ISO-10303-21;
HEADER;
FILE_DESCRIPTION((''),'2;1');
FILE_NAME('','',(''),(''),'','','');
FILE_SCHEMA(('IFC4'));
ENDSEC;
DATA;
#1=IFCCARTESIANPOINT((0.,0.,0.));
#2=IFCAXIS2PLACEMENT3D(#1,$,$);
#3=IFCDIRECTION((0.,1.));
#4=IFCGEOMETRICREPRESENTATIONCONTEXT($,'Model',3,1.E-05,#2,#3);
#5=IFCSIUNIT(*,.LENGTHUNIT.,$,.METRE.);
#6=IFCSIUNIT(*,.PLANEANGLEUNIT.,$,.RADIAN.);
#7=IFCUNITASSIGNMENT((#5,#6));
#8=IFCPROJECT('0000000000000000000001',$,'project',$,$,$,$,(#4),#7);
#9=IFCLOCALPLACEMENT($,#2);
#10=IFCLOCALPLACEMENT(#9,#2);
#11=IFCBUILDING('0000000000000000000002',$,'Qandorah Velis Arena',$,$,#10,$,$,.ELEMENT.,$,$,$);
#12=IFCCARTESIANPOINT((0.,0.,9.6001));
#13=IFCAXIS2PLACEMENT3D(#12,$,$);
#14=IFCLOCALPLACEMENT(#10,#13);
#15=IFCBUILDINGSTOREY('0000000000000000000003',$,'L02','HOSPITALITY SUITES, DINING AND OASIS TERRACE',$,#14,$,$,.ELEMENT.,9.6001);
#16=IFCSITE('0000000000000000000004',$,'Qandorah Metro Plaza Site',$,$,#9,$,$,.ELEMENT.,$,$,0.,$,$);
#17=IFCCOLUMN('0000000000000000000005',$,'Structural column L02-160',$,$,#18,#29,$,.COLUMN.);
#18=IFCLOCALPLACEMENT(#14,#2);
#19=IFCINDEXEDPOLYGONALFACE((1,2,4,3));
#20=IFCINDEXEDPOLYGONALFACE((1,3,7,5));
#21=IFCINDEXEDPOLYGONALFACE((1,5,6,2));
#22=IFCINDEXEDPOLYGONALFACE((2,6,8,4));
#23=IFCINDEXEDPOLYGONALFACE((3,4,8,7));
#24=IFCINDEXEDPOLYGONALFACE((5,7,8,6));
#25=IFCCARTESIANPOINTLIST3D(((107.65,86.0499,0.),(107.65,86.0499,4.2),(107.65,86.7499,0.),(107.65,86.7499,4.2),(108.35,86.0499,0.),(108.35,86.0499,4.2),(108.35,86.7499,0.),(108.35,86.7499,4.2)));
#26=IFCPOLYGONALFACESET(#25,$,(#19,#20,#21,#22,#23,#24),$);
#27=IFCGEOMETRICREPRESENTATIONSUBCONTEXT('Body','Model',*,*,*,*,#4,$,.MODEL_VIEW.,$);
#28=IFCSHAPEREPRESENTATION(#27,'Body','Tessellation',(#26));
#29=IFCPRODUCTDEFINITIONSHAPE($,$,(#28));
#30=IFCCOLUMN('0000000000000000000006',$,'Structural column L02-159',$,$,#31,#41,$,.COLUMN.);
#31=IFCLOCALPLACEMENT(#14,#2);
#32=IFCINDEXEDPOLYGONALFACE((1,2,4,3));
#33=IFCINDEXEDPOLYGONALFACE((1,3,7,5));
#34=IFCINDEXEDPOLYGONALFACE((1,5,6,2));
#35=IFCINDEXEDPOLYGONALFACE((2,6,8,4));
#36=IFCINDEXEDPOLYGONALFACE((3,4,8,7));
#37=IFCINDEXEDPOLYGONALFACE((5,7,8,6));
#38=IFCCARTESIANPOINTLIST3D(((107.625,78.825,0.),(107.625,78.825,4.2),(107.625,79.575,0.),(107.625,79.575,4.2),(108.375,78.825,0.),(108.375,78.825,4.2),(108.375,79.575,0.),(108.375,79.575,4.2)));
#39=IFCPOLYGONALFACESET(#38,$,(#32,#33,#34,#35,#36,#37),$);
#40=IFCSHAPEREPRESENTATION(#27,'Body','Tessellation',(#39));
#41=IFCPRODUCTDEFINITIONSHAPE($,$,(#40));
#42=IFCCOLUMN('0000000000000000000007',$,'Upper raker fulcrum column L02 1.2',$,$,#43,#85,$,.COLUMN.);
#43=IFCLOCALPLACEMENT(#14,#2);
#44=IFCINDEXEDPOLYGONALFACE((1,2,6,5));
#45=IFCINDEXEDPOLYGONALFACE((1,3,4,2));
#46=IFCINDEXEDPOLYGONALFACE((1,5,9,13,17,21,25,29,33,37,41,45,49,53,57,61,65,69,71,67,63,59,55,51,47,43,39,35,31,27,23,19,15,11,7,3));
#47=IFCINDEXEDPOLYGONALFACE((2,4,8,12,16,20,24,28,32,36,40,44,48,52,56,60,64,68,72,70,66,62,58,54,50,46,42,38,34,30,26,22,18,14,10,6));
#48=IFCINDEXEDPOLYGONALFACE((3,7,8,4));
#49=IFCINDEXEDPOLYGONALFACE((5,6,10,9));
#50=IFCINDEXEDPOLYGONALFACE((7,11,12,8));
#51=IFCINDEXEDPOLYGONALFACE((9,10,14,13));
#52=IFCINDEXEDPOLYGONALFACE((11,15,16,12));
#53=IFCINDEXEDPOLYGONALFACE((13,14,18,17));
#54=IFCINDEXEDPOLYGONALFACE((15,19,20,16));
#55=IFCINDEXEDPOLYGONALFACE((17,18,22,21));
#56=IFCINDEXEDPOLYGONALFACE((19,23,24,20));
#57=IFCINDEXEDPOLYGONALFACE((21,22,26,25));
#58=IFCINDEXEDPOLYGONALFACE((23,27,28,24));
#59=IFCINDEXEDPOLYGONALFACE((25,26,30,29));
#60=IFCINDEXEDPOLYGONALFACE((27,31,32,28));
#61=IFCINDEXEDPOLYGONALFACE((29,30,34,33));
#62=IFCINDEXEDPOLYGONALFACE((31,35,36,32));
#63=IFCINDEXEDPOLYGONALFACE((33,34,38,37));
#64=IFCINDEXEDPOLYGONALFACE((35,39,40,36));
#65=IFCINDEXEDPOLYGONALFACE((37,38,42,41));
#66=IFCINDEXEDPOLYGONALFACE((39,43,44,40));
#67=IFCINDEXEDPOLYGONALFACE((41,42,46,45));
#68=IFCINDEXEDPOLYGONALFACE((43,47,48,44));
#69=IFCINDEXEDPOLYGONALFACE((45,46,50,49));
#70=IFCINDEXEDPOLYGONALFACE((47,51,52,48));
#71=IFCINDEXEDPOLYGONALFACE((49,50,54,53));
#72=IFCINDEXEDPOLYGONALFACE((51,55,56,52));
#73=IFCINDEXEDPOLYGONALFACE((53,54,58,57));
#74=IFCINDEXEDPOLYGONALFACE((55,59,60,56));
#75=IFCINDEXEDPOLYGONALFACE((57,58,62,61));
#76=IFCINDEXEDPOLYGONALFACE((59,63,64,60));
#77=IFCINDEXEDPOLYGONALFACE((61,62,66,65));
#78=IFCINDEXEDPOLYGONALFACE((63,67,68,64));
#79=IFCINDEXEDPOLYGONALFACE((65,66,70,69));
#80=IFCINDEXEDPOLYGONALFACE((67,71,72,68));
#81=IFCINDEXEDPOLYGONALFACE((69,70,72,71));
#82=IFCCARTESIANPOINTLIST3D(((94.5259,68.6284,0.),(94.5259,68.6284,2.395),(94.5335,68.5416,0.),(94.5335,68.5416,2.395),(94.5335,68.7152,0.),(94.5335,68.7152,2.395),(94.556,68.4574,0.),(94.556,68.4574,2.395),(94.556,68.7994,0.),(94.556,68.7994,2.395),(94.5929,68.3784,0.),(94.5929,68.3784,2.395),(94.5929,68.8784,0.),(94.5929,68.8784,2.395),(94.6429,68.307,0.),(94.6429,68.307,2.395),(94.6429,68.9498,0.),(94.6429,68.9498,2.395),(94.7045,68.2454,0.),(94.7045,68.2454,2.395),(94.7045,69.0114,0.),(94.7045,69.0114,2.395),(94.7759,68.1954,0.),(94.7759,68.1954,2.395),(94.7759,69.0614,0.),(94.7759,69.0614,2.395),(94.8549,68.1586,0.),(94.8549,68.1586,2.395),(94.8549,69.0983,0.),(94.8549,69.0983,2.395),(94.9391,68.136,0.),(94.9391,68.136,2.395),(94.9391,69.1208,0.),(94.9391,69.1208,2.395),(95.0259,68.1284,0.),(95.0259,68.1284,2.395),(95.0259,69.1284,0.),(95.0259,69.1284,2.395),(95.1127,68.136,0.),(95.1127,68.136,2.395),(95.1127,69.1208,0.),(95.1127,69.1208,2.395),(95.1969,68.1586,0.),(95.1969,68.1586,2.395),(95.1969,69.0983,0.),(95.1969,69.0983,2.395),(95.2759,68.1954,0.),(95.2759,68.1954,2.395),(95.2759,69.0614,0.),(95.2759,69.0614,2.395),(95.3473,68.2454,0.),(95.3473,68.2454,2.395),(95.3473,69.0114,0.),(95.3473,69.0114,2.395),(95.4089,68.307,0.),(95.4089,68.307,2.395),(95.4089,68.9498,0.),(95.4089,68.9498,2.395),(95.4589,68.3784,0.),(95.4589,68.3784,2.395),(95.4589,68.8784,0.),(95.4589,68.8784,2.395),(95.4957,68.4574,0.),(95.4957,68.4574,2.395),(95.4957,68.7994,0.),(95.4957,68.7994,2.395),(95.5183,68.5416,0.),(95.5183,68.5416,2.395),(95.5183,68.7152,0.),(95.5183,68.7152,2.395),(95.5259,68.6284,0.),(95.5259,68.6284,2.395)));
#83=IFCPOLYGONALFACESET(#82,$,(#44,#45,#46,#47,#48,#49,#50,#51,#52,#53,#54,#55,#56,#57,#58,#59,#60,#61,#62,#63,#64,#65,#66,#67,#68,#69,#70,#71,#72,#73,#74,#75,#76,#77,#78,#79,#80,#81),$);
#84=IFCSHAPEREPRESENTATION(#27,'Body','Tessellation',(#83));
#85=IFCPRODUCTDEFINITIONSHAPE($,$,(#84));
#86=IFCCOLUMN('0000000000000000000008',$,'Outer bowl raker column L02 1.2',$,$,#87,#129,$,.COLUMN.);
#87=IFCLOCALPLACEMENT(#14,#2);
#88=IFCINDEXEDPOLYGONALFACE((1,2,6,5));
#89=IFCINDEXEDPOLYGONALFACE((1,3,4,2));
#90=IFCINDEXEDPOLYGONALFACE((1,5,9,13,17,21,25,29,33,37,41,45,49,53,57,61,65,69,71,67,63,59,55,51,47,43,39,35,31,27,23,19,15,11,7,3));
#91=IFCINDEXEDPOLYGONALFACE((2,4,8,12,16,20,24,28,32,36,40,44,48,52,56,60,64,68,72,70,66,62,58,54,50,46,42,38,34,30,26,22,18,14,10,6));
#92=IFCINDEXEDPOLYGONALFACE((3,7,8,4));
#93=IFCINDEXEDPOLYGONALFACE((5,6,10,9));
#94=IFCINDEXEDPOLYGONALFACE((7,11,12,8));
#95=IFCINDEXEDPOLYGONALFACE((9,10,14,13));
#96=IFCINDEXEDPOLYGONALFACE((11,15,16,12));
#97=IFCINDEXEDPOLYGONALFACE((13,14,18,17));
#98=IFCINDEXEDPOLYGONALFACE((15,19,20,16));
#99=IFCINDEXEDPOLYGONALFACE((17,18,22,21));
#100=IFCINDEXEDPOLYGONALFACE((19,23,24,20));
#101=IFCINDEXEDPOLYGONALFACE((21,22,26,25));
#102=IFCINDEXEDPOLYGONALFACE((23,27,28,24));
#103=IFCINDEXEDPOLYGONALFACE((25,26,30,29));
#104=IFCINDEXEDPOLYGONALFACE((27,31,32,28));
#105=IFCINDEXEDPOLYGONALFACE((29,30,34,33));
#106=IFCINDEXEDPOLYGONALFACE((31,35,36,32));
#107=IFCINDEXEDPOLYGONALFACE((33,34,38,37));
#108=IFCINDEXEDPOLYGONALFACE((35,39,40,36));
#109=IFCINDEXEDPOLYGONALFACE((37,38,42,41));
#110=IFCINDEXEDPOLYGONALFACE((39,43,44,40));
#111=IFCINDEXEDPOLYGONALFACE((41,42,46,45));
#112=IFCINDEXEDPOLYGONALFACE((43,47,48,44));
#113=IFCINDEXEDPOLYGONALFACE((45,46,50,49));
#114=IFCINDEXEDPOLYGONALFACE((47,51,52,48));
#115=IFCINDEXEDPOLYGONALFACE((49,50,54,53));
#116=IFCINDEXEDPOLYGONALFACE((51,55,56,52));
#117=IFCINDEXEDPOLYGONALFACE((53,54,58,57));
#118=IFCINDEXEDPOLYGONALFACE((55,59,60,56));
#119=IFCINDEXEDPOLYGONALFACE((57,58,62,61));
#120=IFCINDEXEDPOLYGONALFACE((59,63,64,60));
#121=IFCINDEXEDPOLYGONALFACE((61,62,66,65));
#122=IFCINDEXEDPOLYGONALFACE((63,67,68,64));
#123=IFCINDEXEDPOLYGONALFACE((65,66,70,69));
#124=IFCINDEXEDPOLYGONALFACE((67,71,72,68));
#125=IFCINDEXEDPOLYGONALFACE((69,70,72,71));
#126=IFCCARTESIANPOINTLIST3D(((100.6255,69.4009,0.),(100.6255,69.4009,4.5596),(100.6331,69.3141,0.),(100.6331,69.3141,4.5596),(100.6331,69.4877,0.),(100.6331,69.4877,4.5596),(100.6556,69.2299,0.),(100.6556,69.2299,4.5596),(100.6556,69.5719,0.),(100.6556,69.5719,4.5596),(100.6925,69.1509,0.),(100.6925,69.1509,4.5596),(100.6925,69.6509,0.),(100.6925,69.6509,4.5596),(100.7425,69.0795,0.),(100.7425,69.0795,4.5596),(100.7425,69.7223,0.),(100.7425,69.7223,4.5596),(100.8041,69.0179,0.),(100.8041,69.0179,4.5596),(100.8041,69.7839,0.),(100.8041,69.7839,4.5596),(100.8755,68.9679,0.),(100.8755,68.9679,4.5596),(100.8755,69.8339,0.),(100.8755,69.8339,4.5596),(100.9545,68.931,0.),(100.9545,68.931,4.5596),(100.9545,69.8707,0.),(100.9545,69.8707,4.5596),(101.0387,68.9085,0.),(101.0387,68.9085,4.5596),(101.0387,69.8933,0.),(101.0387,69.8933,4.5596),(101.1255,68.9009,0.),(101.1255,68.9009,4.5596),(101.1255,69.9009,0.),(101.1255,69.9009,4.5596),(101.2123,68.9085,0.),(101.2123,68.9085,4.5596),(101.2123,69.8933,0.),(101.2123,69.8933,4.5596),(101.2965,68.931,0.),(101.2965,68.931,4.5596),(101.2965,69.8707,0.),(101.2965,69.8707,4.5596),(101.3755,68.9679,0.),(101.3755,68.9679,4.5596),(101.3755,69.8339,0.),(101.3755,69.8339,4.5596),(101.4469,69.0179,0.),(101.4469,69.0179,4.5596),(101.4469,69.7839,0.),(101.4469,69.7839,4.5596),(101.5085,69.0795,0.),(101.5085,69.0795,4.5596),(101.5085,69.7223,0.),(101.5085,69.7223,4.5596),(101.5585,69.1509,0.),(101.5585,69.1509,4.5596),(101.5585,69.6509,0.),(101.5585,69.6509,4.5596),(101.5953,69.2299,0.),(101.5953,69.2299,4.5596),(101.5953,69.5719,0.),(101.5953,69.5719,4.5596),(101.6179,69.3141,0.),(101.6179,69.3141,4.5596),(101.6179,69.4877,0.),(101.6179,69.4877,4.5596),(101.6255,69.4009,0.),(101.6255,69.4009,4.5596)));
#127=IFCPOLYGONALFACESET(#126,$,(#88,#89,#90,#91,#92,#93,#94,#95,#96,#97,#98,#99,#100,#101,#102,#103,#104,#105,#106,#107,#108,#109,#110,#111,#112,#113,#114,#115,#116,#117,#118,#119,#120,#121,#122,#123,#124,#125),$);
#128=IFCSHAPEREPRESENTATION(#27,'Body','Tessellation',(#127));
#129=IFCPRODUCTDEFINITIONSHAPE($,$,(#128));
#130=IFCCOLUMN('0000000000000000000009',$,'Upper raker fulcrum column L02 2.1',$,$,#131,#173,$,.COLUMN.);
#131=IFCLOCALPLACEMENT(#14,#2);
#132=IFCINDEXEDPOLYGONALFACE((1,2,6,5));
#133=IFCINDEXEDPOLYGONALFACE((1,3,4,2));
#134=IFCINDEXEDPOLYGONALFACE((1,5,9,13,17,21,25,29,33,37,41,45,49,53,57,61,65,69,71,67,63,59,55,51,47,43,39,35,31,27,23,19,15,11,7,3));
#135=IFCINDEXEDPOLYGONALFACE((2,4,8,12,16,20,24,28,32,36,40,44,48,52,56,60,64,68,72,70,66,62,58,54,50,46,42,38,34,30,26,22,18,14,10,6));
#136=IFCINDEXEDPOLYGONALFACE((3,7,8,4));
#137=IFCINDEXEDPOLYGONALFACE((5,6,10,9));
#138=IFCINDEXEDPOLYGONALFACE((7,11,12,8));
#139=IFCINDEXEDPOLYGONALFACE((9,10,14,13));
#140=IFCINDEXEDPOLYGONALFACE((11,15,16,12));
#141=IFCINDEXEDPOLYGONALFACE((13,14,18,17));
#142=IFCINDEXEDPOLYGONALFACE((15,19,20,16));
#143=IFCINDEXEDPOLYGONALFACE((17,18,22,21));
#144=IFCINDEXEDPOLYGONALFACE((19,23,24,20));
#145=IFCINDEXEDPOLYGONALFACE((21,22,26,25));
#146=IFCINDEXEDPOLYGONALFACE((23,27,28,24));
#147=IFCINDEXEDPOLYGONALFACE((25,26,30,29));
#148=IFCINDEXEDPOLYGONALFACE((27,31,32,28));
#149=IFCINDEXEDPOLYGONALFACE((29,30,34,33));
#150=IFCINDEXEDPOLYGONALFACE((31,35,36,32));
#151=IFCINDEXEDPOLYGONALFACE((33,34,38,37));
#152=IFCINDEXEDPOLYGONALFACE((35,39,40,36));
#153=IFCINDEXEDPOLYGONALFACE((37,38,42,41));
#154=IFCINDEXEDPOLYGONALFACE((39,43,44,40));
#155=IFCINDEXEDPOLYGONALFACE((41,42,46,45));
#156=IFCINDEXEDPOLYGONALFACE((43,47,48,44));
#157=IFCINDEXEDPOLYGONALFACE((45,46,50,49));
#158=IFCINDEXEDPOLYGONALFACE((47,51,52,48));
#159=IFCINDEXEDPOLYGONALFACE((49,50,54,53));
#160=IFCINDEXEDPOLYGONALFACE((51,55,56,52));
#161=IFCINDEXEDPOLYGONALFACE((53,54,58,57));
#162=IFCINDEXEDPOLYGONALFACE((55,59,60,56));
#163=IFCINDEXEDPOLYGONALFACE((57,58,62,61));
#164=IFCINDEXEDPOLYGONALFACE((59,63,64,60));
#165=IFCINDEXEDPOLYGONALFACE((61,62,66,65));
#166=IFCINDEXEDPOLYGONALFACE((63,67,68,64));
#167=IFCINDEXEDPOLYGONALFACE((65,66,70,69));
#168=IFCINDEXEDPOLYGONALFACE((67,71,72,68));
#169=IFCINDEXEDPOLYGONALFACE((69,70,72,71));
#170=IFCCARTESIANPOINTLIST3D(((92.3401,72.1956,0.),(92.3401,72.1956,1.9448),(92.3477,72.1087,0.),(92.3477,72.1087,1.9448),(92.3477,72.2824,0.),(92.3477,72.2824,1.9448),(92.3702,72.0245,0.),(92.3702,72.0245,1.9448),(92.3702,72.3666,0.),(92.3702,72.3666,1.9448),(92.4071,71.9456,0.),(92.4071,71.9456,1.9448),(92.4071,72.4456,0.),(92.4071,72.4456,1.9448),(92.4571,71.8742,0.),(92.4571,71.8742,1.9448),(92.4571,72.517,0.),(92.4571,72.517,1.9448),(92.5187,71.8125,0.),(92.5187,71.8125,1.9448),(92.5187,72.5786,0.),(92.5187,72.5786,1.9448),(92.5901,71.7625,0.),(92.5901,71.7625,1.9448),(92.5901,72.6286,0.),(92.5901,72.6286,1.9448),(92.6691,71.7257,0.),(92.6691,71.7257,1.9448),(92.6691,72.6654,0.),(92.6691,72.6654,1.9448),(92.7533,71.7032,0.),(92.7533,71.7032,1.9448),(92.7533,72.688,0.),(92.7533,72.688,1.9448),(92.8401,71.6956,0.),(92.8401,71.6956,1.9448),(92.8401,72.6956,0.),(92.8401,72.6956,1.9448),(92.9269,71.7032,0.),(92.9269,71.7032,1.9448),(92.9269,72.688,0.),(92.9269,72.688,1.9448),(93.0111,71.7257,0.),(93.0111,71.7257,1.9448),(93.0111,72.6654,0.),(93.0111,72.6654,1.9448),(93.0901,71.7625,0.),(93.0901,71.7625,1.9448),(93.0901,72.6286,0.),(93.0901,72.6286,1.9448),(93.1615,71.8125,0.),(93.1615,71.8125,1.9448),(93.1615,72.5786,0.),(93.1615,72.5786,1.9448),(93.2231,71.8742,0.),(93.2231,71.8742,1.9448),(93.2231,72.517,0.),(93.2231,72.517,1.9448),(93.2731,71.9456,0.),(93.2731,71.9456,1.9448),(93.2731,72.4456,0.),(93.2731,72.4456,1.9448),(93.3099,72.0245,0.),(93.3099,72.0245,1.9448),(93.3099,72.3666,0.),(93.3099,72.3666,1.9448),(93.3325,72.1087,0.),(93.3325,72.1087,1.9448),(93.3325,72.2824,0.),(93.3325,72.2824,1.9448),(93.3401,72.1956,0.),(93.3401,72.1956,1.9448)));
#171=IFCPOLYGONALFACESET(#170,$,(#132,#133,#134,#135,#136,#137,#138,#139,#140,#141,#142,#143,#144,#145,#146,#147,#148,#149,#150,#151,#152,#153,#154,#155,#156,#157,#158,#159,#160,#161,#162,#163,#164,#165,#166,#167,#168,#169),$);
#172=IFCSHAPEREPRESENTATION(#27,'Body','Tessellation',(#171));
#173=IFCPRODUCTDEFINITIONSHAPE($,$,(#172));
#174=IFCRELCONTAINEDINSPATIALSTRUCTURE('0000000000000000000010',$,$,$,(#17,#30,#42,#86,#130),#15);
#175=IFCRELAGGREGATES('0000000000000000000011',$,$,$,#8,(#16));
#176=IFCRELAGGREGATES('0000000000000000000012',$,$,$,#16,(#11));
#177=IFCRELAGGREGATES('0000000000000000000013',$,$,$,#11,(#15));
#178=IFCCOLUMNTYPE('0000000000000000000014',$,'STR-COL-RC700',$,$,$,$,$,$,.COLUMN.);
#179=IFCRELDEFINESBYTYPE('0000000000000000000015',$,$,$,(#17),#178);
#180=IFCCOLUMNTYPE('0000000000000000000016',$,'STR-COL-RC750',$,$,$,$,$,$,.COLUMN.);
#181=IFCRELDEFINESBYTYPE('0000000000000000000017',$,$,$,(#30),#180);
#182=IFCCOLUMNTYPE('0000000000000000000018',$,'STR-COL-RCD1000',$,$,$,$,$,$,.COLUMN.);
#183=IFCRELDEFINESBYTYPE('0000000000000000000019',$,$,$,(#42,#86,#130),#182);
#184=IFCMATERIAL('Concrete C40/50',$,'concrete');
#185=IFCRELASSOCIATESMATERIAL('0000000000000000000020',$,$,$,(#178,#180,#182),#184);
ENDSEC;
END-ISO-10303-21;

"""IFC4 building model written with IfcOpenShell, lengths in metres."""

from ifc_helpers import new_model, si_unit, direction, frame, origin, origin_2d, place, context, subcontext, project, spatial, rectangle, circle, extrude, material, material_profile, profile_set, type_object, element, save


model = new_model("IFC4")

# Units and contexts
model_context = context("Model", 3, precision=1e-05, world=origin(), true_north=direction((0.0, 1.0)))
body_context = subcontext(model_context, "Body", "Model", "MODEL_VIEW")
ifc_project = project(units=[si_unit("LENGTHUNIT", "METRE"), si_unit("PLANEANGLEUNIT", "RADIAN")], contexts=[model_context])

# Site, building, storey
site_placement = place(None, origin())
site = spatial("IfcSite", under=ifc_project, at=site_placement, Name="Qandorah Metro Plaza Site", CompositionType="ELEMENT", RefElevation=0.0)
building_placement = place(site_placement, origin())
building = spatial("IfcBuilding", under=site, at=building_placement, Name="Qandorah Velis Arena", CompositionType="ELEMENT")
storey_placement = place(building_placement, frame((0.0, 0.0, 9.6001)))
storey = spatial("IfcBuildingStorey", under=building, at=storey_placement, Name="L02", Description="HOSPITALITY SUITES, DINING AND OASIS TERRACE", CompositionType="ELEMENT", Elevation=9.6001)

# Columns
ifc_material_1 = material(Name="Concrete C40/50", Category="concrete")
ifc_material_profile_1 = material_profile(ifc_material_1, rectangle(XDim=0.7, YDim=0.7, at=origin_2d()), Name="RC COL 700x700")
ifc_profile_set_1 = profile_set([ifc_material_profile_1], Name="Concrete C40/50")
column_type_1 = type_object("IfcColumnType", Name="STR-COL-RC700", PredefinedType="COLUMN", material=ifc_profile_set_1)
column_1_placement = place(storey_placement, frame((108.0, 86.3999, 0.0), z_axis=(0.0, 0.0, 1.0), x_axis=(1.0, 0.0, 0.0)))
element("IfcColumn", 1, at=column_1_placement, inside=storey, type_object=column_type_1, Name="Structural column L02-160", PredefinedType="COLUMN", context=body_context, shape_type="SweptSolid", body=[
    extrude(rectangle(XDim=0.7, YDim=0.7, at=origin_2d()), origin(), (0.0, 0.0, 1.0), 4.2),
])
ifc_material_profile_2 = material_profile(ifc_material_1, rectangle(XDim=0.75, YDim=0.75, at=origin_2d()), Name="RC COL 750x750")
ifc_profile_set_2 = profile_set([ifc_material_profile_2], Name="Concrete C40/50")
column_type_2 = type_object("IfcColumnType", Name="STR-COL-RC750", PredefinedType="COLUMN", material=ifc_profile_set_2)
column_2_placement = place(storey_placement, frame((108.0, 79.2, 0.0), z_axis=(0.0, 0.0, 1.0), x_axis=(1.0, 0.0, 0.0)))
element("IfcColumn", 2, at=column_2_placement, inside=storey, type_object=column_type_2, Name="Structural column L02-159", PredefinedType="COLUMN", context=body_context, shape_type="SweptSolid", body=[
    extrude(rectangle(XDim=0.75, YDim=0.75, at=origin_2d()), origin(), (0.0, 0.0, 1.0), 4.2),
])
ifc_material_profile_3 = material_profile(ifc_material_1, circle(Radius=0.5, at=origin_2d()), Name="RC D1000")
ifc_profile_set_3 = profile_set([ifc_material_profile_3], Name="Concrete C40/50")
column_type_3 = type_object("IfcColumnType", Name="STR-COL-RCD1000", PredefinedType="COLUMN", material=ifc_profile_set_3)
column_3_placement = place(storey_placement, frame((95.0259, 68.6284, 0.0), z_axis=(0.0, 0.0, 1.0), x_axis=(1.0, 0.0, 0.0)))
element("IfcColumn", 3, at=column_3_placement, inside=storey, type_object=column_type_3, Name="Upper raker fulcrum column L02 1.2", PredefinedType="COLUMN", context=body_context, shape_type="SweptSolid", body=[
    extrude(circle(Radius=0.5, at=origin_2d()), origin(), (0.0, 0.0, 1.0), 2.395),
])
column_4_placement = place(storey_placement, frame((101.1255, 69.4009, 0.0), z_axis=(0.0, 0.0, 1.0), x_axis=(1.0, 0.0, 0.0)))
element("IfcColumn", 4, at=column_4_placement, inside=storey, type_object=column_type_3, Name="Outer bowl raker column L02 1.2", PredefinedType="COLUMN", context=body_context, shape_type="SweptSolid", body=[
    extrude(circle(Radius=0.5, at=origin_2d()), origin(), (0.0, 0.0, 1.0), 4.5596),
])
column_5_placement = place(storey_placement, frame((92.8401, 72.1956, 0.0), z_axis=(0.0, 0.0, 1.0), x_axis=(1.0, 0.0, 0.0)))
element("IfcColumn", 5, at=column_5_placement, inside=storey, type_object=column_type_3, Name="Upper raker fulcrum column L02 2.1", PredefinedType="COLUMN", context=body_context, shape_type="SweptSolid", body=[
    extrude(circle(Radius=0.5, at=origin_2d()), origin(), (0.0, 0.0, 1.0), 1.9448),
])

save(model, "model.ifc")
